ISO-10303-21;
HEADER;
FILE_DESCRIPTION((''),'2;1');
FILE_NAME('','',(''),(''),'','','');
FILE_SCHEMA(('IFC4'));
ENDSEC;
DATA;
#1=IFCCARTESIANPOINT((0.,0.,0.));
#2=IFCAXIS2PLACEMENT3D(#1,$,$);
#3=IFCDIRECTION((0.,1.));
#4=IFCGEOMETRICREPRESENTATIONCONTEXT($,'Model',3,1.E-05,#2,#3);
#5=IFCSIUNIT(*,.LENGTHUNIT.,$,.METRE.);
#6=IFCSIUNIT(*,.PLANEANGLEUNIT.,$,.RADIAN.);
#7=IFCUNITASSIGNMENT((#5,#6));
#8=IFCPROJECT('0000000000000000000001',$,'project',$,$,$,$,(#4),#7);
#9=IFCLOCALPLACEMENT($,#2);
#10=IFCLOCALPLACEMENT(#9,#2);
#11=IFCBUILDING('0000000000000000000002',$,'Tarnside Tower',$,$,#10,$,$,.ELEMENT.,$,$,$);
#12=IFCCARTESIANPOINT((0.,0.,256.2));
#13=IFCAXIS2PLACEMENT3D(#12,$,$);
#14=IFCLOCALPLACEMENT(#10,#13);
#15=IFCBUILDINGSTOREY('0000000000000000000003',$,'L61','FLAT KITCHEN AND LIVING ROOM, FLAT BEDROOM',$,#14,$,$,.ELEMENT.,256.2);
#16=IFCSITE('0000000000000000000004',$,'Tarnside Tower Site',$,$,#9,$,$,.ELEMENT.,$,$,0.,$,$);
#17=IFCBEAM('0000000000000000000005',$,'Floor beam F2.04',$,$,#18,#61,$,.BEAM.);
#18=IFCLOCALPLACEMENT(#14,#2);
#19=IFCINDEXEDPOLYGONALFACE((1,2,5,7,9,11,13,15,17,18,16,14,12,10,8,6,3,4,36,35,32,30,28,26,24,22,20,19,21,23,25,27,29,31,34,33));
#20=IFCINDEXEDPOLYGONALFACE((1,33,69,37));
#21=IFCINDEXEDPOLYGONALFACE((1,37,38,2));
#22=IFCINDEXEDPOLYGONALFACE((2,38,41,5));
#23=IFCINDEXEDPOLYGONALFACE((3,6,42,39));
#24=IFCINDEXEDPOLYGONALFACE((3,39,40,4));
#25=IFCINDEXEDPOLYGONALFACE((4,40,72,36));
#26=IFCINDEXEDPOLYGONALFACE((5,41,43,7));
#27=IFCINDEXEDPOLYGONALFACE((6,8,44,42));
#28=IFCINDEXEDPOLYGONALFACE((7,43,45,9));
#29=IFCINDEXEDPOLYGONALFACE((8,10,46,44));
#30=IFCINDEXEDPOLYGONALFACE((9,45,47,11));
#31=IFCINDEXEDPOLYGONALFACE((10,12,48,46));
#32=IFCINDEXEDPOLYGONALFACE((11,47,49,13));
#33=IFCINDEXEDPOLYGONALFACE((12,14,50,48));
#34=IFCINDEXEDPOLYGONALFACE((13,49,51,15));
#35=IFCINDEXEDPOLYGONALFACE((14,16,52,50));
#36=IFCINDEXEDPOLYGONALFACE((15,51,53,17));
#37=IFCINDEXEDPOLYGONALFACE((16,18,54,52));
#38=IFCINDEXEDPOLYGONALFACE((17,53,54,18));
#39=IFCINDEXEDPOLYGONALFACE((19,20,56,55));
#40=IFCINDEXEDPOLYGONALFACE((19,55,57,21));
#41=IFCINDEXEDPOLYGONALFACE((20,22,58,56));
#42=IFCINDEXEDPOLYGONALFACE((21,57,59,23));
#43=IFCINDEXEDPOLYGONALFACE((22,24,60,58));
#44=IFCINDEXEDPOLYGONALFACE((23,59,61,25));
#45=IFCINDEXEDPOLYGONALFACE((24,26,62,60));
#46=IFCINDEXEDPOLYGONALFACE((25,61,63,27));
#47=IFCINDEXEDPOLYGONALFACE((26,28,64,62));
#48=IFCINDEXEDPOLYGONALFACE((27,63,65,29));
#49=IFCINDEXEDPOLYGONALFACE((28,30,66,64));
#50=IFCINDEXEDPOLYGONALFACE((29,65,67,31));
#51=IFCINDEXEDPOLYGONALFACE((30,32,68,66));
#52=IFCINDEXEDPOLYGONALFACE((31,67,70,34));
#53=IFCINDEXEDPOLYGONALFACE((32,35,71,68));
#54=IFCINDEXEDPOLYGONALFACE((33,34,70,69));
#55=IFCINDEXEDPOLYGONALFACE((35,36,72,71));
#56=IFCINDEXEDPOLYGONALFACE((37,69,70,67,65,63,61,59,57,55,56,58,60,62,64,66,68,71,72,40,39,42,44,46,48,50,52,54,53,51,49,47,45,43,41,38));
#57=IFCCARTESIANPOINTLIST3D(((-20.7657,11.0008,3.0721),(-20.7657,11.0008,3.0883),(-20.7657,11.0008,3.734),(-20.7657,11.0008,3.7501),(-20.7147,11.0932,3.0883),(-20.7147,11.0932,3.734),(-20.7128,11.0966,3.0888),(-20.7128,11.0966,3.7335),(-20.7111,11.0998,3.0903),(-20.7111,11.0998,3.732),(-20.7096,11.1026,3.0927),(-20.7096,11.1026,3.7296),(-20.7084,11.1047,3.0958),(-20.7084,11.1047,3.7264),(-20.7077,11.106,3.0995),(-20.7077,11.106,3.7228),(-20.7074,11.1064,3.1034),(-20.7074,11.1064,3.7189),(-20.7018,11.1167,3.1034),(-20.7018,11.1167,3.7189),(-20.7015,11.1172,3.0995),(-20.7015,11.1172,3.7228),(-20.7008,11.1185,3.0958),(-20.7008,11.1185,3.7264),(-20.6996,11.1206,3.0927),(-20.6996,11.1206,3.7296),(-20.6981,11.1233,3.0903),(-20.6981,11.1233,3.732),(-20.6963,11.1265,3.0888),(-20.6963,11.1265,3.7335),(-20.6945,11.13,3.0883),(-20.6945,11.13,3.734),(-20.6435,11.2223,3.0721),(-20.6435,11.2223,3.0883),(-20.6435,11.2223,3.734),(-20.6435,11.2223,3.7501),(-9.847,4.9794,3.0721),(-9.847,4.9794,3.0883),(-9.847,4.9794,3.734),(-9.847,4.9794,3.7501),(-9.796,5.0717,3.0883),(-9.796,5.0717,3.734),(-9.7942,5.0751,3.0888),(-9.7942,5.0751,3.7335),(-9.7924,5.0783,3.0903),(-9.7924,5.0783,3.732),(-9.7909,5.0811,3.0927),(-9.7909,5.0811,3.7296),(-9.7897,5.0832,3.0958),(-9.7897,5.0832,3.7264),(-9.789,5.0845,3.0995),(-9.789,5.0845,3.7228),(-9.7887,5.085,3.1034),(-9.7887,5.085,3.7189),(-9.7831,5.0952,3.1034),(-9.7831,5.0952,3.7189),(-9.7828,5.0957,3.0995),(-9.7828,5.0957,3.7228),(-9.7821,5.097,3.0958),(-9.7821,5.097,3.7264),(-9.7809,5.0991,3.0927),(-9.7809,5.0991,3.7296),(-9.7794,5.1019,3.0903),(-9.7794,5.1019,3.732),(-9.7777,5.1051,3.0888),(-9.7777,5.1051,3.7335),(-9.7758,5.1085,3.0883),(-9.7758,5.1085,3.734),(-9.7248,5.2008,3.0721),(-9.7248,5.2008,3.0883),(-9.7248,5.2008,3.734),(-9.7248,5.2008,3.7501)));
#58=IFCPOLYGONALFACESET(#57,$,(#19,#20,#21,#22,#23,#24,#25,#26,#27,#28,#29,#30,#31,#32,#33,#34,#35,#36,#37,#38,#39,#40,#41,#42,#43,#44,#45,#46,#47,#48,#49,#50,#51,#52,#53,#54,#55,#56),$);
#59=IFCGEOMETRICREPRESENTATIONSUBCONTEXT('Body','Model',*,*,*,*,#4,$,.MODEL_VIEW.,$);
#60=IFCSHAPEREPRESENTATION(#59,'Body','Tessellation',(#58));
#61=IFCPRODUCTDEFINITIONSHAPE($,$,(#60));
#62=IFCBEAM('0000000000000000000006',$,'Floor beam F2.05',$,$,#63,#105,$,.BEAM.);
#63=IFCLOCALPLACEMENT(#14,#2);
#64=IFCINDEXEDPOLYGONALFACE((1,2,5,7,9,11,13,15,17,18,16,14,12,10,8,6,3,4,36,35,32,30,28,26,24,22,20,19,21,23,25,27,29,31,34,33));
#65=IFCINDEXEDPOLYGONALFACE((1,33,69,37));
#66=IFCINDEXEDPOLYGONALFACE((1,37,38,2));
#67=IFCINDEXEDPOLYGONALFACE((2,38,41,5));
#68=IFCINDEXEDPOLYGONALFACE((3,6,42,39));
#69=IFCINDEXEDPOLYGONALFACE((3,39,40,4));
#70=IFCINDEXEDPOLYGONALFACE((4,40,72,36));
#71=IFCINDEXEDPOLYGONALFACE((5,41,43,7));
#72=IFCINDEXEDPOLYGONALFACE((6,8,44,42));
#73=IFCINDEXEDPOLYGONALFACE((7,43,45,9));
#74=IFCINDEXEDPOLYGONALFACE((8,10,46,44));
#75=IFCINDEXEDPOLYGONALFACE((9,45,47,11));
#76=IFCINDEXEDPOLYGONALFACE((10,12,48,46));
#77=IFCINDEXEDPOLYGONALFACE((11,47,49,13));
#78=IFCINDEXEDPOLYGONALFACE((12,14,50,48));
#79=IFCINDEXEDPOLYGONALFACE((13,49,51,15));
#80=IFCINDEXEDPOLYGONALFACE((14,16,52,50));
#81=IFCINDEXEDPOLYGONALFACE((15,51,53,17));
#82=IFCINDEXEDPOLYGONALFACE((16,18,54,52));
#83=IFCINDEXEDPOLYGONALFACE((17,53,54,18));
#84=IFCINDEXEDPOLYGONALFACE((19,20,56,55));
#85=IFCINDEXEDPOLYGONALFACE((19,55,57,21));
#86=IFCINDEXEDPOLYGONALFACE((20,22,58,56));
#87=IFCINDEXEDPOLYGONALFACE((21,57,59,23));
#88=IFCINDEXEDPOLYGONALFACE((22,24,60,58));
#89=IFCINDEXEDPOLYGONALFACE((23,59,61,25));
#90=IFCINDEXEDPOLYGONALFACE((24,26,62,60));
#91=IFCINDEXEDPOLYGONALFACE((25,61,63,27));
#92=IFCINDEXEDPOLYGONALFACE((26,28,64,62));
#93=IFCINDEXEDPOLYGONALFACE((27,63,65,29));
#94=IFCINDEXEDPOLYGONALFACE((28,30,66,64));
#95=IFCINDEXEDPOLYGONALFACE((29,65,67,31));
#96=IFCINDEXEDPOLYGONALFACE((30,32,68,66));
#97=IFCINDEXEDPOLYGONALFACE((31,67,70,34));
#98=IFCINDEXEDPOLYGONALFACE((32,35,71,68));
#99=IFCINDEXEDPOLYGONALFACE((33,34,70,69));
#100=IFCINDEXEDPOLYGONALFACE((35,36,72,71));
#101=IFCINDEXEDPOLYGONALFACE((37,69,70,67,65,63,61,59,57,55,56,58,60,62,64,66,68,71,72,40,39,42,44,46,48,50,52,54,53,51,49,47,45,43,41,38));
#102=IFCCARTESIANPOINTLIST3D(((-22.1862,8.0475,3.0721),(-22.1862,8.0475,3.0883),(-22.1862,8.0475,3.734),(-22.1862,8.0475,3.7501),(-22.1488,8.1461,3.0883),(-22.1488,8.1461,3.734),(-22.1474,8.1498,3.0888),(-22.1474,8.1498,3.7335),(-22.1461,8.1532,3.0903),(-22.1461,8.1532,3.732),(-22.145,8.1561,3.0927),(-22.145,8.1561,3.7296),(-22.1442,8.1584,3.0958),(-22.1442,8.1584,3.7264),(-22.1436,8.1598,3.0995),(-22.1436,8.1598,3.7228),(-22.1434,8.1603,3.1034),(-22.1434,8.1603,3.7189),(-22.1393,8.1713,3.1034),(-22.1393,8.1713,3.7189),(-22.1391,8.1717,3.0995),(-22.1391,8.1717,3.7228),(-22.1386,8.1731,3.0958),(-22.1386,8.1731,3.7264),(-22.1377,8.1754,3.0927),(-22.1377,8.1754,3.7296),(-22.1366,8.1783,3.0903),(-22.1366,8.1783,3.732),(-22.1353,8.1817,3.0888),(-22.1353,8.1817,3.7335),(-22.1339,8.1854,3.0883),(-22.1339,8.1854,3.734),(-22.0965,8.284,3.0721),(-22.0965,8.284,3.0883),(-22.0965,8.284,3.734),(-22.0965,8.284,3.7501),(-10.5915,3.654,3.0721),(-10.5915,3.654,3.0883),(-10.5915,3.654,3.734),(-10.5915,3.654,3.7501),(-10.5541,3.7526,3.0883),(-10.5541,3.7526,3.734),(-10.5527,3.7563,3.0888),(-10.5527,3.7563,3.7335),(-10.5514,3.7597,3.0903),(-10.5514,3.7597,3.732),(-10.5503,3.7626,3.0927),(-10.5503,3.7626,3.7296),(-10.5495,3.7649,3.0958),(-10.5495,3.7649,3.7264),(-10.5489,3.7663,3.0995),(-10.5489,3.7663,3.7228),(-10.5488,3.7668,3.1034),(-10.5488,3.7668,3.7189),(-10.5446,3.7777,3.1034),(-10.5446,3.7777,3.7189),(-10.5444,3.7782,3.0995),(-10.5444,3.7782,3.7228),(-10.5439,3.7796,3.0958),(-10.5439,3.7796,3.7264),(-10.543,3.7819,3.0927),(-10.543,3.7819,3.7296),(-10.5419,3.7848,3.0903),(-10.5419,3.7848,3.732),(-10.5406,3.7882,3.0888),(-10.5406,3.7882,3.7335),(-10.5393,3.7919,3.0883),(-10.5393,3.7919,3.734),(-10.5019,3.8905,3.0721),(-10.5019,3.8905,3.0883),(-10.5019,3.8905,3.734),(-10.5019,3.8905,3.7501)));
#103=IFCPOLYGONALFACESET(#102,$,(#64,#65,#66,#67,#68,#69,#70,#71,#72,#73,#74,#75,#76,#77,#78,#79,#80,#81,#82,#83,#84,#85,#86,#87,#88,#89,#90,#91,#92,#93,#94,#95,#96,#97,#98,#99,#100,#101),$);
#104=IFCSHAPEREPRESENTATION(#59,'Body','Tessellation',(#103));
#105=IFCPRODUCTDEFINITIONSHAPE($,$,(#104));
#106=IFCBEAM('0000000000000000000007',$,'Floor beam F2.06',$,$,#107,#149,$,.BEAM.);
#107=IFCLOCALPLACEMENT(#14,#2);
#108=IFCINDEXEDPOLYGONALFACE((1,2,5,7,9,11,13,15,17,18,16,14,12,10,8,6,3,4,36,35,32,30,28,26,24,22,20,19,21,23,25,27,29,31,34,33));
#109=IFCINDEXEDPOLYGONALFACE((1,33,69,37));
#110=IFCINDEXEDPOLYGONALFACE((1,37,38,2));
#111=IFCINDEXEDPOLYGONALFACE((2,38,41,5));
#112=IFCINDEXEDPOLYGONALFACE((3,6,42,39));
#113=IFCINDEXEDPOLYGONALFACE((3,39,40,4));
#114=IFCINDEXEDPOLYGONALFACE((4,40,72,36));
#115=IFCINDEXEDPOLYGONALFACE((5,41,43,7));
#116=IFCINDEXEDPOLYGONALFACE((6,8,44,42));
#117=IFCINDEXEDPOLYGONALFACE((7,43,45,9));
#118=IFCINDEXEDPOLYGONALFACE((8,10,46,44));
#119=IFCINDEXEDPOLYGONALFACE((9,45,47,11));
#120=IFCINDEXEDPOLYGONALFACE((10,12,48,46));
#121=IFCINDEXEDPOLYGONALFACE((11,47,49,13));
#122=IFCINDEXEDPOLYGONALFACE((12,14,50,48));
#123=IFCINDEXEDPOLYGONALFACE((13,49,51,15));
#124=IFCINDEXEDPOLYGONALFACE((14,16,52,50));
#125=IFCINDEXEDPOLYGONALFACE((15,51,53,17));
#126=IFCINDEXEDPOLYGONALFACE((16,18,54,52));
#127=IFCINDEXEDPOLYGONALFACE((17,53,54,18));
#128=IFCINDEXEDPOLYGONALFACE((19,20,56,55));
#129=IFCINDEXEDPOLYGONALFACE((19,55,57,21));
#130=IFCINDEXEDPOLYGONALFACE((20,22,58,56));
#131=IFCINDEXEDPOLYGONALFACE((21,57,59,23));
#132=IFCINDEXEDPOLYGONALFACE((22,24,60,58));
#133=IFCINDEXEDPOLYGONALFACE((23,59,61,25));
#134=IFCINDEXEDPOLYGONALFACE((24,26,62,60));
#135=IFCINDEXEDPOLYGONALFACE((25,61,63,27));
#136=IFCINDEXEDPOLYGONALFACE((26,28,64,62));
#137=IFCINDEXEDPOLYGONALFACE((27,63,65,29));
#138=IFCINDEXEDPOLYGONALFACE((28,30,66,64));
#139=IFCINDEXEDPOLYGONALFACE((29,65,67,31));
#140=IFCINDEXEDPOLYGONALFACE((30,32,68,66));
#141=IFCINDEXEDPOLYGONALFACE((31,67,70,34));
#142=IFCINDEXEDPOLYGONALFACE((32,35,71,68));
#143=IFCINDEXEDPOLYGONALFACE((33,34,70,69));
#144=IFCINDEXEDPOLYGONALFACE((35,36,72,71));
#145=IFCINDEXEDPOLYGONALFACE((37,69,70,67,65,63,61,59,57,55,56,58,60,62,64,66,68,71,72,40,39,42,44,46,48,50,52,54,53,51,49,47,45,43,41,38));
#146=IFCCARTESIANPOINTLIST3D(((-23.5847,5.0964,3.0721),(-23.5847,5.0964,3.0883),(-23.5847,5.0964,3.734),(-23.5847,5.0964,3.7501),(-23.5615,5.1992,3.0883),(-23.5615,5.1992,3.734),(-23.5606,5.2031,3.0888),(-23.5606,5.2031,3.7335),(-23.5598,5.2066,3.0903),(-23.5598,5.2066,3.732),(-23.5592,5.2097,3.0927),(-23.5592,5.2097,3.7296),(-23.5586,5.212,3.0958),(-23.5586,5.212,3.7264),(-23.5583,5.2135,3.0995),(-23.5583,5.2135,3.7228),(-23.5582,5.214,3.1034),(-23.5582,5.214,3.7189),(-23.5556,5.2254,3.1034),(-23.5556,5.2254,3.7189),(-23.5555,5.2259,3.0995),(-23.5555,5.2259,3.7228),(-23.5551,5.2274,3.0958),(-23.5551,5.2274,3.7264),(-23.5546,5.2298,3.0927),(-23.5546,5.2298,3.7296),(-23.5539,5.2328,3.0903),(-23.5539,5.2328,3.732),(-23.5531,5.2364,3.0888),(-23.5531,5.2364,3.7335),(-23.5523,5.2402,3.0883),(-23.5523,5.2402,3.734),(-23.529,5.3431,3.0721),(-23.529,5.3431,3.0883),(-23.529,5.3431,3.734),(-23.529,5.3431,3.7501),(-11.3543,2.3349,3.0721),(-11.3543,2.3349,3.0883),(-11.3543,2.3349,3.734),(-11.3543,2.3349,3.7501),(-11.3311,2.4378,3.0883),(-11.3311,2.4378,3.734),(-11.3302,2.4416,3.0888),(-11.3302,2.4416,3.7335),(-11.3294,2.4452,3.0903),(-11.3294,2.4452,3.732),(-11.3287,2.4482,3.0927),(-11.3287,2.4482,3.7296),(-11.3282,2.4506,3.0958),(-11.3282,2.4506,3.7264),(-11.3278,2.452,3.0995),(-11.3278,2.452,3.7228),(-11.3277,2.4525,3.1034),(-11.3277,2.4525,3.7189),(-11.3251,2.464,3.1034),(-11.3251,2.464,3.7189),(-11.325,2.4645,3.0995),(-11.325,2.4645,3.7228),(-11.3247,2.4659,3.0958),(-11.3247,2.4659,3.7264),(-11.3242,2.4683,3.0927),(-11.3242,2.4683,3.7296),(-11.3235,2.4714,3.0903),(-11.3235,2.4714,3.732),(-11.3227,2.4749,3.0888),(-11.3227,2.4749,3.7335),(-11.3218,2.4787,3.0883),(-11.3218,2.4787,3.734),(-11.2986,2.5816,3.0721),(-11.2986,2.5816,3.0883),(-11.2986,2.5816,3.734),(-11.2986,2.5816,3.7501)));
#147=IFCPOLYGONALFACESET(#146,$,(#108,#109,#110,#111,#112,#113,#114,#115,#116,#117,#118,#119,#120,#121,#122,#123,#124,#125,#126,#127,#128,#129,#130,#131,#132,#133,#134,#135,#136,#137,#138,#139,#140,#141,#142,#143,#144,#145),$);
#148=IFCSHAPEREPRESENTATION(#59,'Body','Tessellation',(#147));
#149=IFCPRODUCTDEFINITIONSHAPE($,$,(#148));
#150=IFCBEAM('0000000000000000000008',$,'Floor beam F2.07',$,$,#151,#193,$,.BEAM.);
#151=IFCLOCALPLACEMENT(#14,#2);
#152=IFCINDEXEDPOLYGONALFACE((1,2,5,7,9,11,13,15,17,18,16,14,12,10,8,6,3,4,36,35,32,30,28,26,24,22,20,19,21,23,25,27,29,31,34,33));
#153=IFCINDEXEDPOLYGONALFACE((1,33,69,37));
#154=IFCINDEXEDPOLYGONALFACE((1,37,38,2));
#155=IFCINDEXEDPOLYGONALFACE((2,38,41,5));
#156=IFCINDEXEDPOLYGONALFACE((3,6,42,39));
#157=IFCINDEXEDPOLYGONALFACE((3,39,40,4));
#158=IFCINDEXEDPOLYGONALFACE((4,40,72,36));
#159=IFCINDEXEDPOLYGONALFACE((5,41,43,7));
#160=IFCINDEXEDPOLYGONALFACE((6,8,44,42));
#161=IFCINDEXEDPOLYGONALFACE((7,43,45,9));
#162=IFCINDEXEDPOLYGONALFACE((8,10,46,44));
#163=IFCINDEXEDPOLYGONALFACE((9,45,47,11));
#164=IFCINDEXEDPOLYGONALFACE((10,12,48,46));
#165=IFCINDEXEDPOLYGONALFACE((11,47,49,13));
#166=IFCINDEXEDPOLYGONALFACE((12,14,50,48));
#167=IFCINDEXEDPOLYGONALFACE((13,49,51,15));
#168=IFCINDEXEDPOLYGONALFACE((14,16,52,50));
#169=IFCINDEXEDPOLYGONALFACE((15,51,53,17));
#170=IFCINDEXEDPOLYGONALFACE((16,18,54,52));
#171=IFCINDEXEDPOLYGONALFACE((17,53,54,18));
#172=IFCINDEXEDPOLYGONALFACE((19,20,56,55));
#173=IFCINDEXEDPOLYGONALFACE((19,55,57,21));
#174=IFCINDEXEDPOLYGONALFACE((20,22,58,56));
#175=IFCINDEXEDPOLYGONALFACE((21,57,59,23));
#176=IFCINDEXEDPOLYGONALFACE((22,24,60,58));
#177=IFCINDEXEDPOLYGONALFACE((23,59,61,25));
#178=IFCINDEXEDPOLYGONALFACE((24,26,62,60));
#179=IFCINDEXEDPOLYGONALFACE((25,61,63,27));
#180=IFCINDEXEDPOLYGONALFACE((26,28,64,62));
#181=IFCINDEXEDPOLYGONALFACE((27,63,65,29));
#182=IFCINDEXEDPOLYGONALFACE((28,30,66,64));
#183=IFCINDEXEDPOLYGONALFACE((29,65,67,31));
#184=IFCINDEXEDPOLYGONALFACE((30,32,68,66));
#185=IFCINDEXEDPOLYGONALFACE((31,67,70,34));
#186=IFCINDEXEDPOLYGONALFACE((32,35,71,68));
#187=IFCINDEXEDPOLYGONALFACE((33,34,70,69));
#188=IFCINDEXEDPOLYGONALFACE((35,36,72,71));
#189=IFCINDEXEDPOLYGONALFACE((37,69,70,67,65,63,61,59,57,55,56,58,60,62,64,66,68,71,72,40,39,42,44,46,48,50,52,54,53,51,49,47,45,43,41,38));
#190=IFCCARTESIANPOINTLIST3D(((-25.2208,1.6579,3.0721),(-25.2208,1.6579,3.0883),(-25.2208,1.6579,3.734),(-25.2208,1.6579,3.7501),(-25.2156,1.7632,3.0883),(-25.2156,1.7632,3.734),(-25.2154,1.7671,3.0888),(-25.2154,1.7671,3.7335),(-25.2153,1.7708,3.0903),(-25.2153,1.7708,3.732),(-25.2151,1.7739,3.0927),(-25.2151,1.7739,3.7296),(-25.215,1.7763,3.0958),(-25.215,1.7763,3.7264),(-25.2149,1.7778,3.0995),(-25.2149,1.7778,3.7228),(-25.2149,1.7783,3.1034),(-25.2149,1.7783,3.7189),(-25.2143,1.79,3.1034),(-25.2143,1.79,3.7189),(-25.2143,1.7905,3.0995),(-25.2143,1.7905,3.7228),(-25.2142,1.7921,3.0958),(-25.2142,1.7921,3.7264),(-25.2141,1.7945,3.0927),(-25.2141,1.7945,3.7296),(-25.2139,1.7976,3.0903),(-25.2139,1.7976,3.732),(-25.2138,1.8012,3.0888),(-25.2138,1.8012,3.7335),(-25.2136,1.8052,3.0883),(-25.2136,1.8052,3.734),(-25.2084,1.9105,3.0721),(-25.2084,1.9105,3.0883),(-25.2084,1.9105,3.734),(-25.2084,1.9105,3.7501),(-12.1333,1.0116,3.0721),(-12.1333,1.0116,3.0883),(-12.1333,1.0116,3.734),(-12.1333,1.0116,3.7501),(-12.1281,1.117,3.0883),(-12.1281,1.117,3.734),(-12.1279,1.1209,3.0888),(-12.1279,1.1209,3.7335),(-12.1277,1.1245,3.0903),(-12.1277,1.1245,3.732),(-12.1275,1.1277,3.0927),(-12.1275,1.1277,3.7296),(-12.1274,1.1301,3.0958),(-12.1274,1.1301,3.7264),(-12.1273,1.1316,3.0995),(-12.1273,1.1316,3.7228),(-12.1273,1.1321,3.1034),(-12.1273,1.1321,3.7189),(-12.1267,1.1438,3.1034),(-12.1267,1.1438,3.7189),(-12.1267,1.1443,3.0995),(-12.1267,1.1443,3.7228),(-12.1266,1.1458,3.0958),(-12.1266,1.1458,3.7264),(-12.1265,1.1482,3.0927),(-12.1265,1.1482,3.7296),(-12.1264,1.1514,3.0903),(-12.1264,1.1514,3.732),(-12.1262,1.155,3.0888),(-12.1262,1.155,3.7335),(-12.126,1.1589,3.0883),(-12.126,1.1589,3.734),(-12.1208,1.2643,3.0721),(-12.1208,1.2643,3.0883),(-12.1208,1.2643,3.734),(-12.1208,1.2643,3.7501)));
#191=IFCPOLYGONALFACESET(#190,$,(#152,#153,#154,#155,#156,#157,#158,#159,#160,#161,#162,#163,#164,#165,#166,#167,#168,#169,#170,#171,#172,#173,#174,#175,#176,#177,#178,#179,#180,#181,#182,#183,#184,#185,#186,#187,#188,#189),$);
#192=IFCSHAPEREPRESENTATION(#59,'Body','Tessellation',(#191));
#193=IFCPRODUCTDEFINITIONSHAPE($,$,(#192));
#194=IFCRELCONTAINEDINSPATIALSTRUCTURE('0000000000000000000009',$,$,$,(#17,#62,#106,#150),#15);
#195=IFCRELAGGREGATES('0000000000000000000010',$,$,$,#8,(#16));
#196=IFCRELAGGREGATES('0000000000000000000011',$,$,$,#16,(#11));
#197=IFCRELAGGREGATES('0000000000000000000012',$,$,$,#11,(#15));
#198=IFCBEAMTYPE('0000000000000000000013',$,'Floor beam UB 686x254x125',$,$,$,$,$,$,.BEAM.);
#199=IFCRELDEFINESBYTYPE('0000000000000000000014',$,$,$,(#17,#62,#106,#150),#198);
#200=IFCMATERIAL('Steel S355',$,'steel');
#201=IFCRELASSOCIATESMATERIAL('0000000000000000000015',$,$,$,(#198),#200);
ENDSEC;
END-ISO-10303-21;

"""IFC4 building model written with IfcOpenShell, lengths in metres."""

from ifc_helpers import new_model, si_unit, direction, frame, origin, origin_2d, place, context, subcontext, project, spatial, i_section, extrude, material, material_profile, profile_set, type_object, element, save


model = new_model("IFC4")

# Units and contexts
model_context = context("Model", 3, precision=1e-05, world=origin(), true_north=direction((0.0, 1.0)))
body_context = subcontext(model_context, "Body", "Model", "MODEL_VIEW")
ifc_project = project(units=[si_unit("LENGTHUNIT", "METRE"), si_unit("PLANEANGLEUNIT", "RADIAN")], contexts=[model_context])

# Site, building, storey
site_placement = place(None, origin())
site = spatial("IfcSite", under=ifc_project, at=site_placement, Name="Tarnside Tower Site", CompositionType="ELEMENT", RefElevation=0.0)
building_placement = place(site_placement, origin())
building = spatial("IfcBuilding", under=site, at=building_placement, Name="Tarnside Tower", CompositionType="ELEMENT")
storey_placement = place(building_placement, frame((0.0, 0.0, 256.2)))
storey = spatial("IfcBuildingStorey", under=building, at=storey_placement, Name="L61", Description="FLAT KITCHEN AND LIVING ROOM, FLAT BEDROOM", CompositionType="ELEMENT", Elevation=256.2)

# Beams
ifc_material_1 = material(Name="Steel S355", Category="steel")
ifc_material_profile_1 = material_profile(ifc_material_1, i_section(OverallWidth=0.2529, OverallDepth=0.678, WebThickness=0.0117, FlangeThickness=0.0161, FilletRadius=0.0151, at=origin_2d()), Name="UB 686x254x125")
ifc_profile_set_1 = profile_set([ifc_material_profile_1], Name="Steel S355")
beam_type_1 = type_object("IfcBeamType", Name="Floor beam UB 686x254x125", PredefinedType="BEAM", material=ifc_profile_set_1)
beam_1_placement = place(storey_placement, frame((-20.7046, 11.1116, 3.4111), z_axis=(0.875667, -0.482916, 0.0), x_axis=(0.482916, 0.875667, 0.0)))
element("IfcBeam", 1, at=beam_1_placement, inside=storey, type_object=beam_type_1, Name="Floor beam F2.04", PredefinedType="BEAM", context=body_context, shape_type="SweptSolid", body=[
    extrude(i_section(OverallWidth=0.2529, OverallDepth=0.678, WebThickness=0.0117, FlangeThickness=0.0161, FilletRadius=0.0151, at=origin_2d()), origin(), (0.0, 0.0, 1.0), 12.469),
])
beam_2_placement = place(storey_placement, frame((-22.1414, 8.1658, 3.4111), z_axis=(0.935116, -0.354341, 0.0), x_axis=(0.354341, 0.935116, 0.0)))
element("IfcBeam", 2, at=beam_2_placement, inside=storey, type_object=beam_type_1, Name="Floor beam F2.05", PredefinedType="BEAM", context=body_context, shape_type="SweptSolid", body=[
    extrude(i_section(OverallWidth=0.2529, OverallDepth=0.678, WebThickness=0.0117, FlangeThickness=0.0161, FilletRadius=0.0151, at=origin_2d()), origin(), (0.0, 0.0, 1.0), 12.3992),
])
beam_3_placement = place(storey_placement, frame((-23.5569, 5.2197, 3.4111), z_axis=(0.975445, -0.220242, 0.0), x_axis=(0.220242, 0.975445, 0.0)))
element("IfcBeam", 3, at=beam_3_placement, inside=storey, type_object=beam_type_1, Name="Floor beam F2.06", PredefinedType="BEAM", context=body_context, shape_type="SweptSolid", body=[
    extrude(i_section(OverallWidth=0.2529, OverallDepth=0.678, WebThickness=0.0117, FlangeThickness=0.0161, FilletRadius=0.0151, at=origin_2d()), origin(), (0.0, 0.0, 1.0), 12.5383),
])
beam_4_placement = place(storey_placement, frame((-25.2146, 1.7842, 3.4111), z_axis=(0.998783, -0.049318, 0.0), x_axis=(0.049318, 0.998783, 0.0)))
element("IfcBeam", 4, at=beam_4_placement, inside=storey, type_object=beam_type_1, Name="Floor beam F2.07", PredefinedType="BEAM", context=body_context, shape_type="SweptSolid", body=[
    extrude(i_section(OverallWidth=0.2529, OverallDepth=0.678, WebThickness=0.0117, FlangeThickness=0.0161, FilletRadius=0.0151, at=origin_2d()), origin(), (0.0, 0.0, 1.0), 13.1035),
])

save(model, "model.ifc")
